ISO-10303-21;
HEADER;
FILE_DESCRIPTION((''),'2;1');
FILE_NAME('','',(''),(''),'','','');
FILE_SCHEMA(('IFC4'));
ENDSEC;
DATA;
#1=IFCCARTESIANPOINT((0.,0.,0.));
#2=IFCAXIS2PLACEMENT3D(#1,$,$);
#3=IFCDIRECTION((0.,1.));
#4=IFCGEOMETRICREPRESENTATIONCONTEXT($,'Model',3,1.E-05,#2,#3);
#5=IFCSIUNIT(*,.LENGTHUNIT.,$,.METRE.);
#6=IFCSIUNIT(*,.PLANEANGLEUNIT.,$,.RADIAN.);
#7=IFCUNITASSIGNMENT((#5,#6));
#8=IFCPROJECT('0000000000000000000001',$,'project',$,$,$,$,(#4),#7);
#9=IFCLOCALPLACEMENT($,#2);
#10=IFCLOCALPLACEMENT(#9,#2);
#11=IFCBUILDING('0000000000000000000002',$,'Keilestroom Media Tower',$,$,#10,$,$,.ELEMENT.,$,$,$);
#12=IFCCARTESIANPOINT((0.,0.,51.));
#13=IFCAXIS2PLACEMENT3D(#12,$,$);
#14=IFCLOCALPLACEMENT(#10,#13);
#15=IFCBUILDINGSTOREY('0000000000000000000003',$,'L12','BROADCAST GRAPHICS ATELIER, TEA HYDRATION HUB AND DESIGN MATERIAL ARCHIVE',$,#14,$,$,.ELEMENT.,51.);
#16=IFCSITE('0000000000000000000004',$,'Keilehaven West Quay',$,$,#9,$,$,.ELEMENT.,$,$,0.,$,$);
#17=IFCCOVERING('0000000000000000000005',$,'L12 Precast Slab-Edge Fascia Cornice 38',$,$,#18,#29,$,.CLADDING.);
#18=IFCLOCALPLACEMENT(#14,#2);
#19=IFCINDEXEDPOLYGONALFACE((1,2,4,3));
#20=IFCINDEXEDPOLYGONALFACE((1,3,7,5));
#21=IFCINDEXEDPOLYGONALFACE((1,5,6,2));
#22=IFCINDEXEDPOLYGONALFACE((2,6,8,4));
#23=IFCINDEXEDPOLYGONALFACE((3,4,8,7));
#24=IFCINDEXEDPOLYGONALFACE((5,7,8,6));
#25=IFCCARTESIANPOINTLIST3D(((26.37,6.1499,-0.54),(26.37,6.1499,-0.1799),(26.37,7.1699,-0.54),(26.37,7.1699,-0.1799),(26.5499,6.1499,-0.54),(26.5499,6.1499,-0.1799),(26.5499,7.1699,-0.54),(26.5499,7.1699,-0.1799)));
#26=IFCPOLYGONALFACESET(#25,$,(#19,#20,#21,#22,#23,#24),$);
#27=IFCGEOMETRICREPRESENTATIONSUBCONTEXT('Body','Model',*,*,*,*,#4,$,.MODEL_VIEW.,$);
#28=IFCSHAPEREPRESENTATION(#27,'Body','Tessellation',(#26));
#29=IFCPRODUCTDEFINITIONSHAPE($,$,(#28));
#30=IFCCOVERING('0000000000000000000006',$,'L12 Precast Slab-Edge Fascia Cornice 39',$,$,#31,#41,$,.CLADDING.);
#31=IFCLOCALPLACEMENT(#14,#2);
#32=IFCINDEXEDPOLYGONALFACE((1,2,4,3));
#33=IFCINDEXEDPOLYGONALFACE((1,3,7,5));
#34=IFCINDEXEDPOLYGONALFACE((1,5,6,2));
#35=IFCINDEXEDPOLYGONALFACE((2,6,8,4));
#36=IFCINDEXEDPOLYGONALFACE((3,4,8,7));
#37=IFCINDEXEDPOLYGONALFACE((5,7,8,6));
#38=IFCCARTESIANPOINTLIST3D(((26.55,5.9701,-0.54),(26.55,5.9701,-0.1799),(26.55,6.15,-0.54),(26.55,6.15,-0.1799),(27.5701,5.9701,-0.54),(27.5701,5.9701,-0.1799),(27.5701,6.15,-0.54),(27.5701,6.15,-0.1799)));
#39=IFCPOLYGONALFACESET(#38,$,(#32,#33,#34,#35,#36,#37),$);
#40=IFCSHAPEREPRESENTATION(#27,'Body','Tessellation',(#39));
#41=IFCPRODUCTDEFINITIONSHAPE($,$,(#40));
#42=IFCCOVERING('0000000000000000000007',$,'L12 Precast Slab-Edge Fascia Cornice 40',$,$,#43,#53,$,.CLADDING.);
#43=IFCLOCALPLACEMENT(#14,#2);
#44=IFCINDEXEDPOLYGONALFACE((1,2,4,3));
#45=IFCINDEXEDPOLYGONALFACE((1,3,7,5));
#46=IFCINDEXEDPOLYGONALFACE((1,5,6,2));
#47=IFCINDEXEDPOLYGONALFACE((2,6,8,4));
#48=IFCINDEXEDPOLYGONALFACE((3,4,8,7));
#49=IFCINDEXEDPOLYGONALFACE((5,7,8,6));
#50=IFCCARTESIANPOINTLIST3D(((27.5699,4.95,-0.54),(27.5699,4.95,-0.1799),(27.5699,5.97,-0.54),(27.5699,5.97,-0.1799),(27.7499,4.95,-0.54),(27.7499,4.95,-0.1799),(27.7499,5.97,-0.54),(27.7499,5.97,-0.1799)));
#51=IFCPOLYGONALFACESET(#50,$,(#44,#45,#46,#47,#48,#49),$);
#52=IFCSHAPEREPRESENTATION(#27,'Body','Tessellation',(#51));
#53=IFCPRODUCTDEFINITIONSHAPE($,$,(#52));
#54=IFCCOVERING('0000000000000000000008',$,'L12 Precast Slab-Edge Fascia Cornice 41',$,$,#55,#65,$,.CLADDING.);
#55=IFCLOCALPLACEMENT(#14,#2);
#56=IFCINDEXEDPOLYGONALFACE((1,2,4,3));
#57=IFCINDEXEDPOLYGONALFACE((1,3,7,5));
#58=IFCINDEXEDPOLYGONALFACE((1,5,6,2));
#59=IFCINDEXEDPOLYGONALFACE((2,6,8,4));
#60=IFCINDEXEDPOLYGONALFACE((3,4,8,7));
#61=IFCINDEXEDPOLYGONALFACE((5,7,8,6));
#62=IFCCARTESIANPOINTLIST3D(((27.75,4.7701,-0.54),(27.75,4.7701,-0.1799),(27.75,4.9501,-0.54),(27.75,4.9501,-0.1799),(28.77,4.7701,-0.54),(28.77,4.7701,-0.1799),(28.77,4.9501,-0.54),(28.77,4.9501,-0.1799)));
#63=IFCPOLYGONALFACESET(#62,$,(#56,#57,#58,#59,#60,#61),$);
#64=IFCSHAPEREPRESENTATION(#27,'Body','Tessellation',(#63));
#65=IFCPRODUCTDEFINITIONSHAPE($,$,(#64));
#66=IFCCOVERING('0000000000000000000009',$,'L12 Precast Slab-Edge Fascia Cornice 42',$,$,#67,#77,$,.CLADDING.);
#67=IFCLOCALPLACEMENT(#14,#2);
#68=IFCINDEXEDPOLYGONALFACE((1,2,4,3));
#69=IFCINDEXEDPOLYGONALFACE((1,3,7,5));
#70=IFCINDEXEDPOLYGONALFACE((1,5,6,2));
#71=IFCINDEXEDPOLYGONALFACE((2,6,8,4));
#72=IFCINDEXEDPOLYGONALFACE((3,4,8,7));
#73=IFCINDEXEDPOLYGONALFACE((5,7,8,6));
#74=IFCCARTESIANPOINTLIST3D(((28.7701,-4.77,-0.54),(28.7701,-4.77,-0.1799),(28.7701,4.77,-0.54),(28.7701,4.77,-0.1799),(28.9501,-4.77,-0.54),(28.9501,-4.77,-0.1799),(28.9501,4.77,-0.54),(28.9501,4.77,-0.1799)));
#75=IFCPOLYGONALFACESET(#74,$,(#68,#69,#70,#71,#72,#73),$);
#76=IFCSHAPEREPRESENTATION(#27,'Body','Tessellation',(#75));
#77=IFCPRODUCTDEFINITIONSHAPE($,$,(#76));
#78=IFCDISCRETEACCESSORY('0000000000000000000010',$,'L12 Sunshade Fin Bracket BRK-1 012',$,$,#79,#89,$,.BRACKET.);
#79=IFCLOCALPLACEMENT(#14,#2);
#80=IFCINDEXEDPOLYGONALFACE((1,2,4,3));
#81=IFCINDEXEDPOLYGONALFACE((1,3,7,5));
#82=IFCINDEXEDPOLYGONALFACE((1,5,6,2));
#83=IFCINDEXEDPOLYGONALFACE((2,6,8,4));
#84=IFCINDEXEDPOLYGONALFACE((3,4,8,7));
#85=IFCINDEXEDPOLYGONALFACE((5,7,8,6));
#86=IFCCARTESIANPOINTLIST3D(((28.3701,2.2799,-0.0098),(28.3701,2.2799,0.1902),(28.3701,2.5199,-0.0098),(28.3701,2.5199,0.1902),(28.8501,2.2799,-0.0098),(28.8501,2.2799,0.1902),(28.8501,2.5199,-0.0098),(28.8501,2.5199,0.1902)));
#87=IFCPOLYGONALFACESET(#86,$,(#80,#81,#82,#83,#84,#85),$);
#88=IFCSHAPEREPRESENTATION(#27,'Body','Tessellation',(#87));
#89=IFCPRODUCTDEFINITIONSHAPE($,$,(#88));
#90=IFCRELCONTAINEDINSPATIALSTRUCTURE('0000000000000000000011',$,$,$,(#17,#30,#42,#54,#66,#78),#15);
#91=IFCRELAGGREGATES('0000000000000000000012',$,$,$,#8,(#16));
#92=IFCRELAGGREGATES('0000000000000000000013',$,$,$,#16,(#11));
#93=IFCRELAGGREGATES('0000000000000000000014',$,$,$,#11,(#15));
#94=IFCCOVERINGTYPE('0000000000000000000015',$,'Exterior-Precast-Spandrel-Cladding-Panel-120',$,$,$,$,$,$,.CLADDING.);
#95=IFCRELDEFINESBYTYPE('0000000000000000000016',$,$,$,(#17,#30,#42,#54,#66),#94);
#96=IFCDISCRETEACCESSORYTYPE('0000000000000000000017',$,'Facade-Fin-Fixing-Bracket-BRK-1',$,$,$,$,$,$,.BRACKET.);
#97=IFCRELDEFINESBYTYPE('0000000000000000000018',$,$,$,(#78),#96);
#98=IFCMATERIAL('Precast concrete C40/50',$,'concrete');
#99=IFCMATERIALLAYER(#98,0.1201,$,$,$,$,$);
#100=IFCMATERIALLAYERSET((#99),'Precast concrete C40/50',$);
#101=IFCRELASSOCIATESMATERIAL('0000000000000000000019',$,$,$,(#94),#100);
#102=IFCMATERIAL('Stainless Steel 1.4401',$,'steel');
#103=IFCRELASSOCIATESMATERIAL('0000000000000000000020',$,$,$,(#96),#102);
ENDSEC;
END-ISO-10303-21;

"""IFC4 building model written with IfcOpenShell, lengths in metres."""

from ifc_helpers import new_model, si_unit, direction, frame, origin, origin_2d, place, context, subcontext, project, spatial, rectangle, extrude, source, transform, mapped, material, layer, layer_set, type_object, element, save


model = new_model("IFC4")

# Units and contexts
model_context = context("Model", 3, precision=1e-05, world=origin(), true_north=direction((0.0, 1.0)))
body_context = subcontext(model_context, "Body", "Model", "MODEL_VIEW")
ifc_project = project(units=[si_unit("LENGTHUNIT", "METRE"), si_unit("PLANEANGLEUNIT", "RADIAN")], contexts=[model_context])

# Site, building, storey
site_placement = place(None, origin())
site = spatial("IfcSite", under=ifc_project, at=site_placement, Name="Keilehaven West Quay", CompositionType="ELEMENT", RefElevation=0.0)
building_placement = place(site_placement, origin())
building = spatial("IfcBuilding", under=site, at=building_placement, Name="Keilestroom Media Tower", CompositionType="ELEMENT")
storey_placement = place(building_placement, frame((0.0, 0.0, 51.0)))
storey = spatial("IfcBuildingStorey", under=building, at=storey_placement, Name="L12", Description="BROADCAST GRAPHICS ATELIER, TEA HYDRATION HUB AND DESIGN MATERIAL ARCHIVE", CompositionType="ELEMENT", Elevation=51.0)

# Shared definitions
ifc_material_1 = material(Name="Precast concrete C40/50", Category="concrete")

# Coverings
ifc_layer_1 = layer(ifc_material_1, 0.1201)
ifc_layer_set_1 = layer_set([ifc_layer_1], Name="Precast concrete C40/50")
covering_type = type_object("IfcCoveringType", Name="Exterior-Precast-Spandrel-Cladding-Panel-120", PredefinedType="CLADDING", material=ifc_layer_set_1)
shared_shape_1 = source(origin(), body_context, "Body", "SweptSolid", [
    extrude(rectangle(XDim=1.02, YDim=0.1799, at=origin_2d()), origin(), (0.0, 0.0, 1.0), 0.3601),
])
for number, where, z_axis, x_axis, name in (
    (1, (26.46, 6.6599, -0.54), (0.0, 0.0, 1.0), (0.0, -1.0, 0.0), "L12 Precast Slab-Edge Fascia Cornice 38"),
    (2, (27.0601, 6.0601, -0.54), (0.0, 0.0, 1.0), (1.0, 0.0, 0.0), "L12 Precast Slab-Edge Fascia Cornice 39"),
    (3, (27.6599, 5.46, -0.54), (0.0, 0.0, 1.0), (0.0, -1.0, 0.0), "L12 Precast Slab-Edge Fascia Cornice 40"),
    (4, (28.26, 4.8601, -0.54), (0.0, 0.0, 1.0), (1.0, 0.0, 0.0), "L12 Precast Slab-Edge Fascia Cornice 41"),
):
    element("IfcCovering", number, at=place(storey_placement, frame(where, z_axis=z_axis, x_axis=x_axis)), inside=storey, type_object=covering_type, Name=name, PredefinedType="CLADDING", context=body_context, shape_type="MappedRepresentation", body=[
        mapped(shared_shape_1, transform((0.0, 0.0, 0.0), x_axis=(1.0, 0.0, 0.0), y_axis=(0.0, 1.0, 0.0), z_axis=(0.0, 0.0, 1.0), scale=1.0)),
    ])
shared_shape_2 = source(origin(), body_context, "Body", "SweptSolid", [
    extrude(rectangle(XDim=9.54, YDim=0.1799, at=origin_2d()), origin(), (0.0, 0.0, 1.0), 0.3601),
])
covering_placement = place(storey_placement, frame((28.8601, 0.0, -0.54), z_axis=(0.0, 0.0, 1.0), x_axis=(0.0, -1.0, 0.0)))
element("IfcCovering", 5, at=covering_placement, inside=storey, type_object=covering_type, Name="L12 Precast Slab-Edge Fascia Cornice 42", PredefinedType="CLADDING", context=body_context, shape_type="MappedRepresentation", body=[
    mapped(shared_shape_2, transform((0.0, 0.0, 0.0), x_axis=(1.0, 0.0, 0.0), y_axis=(0.0, 1.0, 0.0), z_axis=(0.0, 0.0, 1.0), scale=1.0)),
])

# Discrete accessory
ifc_material_2 = material(Name="Stainless Steel 1.4401", Category="steel")
discrete_accessory_type = type_object("IfcDiscreteAccessoryType", Name="Facade-Fin-Fixing-Bracket-BRK-1", PredefinedType="BRACKET", material=ifc_material_2)
shared_shape_3 = source(origin(), body_context, "Body", "SweptSolid", [
    extrude(rectangle(XDim=0.48, YDim=0.24, at=origin_2d()), origin(), (0.0, 0.0, 1.0), 0.2),
])
discrete_accessory_placement = place(storey_placement, frame((28.6101, 2.3999, -0.0098), z_axis=(0.0, 0.0, 1.0), x_axis=(1.0, 0.0, 0.0)))
element("IfcDiscreteAccessory", 6, at=discrete_accessory_placement, inside=storey, type_object=discrete_accessory_type, Name="L12 Sunshade Fin Bracket BRK-1 012", PredefinedType="BRACKET", context=body_context, shape_type="MappedRepresentation", body=[
    mapped(shared_shape_3, transform((0.0, 0.0, 0.0), x_axis=(1.0, 0.0, 0.0), y_axis=(0.0, 1.0, 0.0), z_axis=(0.0, 0.0, 1.0), scale=1.0)),
])

save(model, "model.ifc")
